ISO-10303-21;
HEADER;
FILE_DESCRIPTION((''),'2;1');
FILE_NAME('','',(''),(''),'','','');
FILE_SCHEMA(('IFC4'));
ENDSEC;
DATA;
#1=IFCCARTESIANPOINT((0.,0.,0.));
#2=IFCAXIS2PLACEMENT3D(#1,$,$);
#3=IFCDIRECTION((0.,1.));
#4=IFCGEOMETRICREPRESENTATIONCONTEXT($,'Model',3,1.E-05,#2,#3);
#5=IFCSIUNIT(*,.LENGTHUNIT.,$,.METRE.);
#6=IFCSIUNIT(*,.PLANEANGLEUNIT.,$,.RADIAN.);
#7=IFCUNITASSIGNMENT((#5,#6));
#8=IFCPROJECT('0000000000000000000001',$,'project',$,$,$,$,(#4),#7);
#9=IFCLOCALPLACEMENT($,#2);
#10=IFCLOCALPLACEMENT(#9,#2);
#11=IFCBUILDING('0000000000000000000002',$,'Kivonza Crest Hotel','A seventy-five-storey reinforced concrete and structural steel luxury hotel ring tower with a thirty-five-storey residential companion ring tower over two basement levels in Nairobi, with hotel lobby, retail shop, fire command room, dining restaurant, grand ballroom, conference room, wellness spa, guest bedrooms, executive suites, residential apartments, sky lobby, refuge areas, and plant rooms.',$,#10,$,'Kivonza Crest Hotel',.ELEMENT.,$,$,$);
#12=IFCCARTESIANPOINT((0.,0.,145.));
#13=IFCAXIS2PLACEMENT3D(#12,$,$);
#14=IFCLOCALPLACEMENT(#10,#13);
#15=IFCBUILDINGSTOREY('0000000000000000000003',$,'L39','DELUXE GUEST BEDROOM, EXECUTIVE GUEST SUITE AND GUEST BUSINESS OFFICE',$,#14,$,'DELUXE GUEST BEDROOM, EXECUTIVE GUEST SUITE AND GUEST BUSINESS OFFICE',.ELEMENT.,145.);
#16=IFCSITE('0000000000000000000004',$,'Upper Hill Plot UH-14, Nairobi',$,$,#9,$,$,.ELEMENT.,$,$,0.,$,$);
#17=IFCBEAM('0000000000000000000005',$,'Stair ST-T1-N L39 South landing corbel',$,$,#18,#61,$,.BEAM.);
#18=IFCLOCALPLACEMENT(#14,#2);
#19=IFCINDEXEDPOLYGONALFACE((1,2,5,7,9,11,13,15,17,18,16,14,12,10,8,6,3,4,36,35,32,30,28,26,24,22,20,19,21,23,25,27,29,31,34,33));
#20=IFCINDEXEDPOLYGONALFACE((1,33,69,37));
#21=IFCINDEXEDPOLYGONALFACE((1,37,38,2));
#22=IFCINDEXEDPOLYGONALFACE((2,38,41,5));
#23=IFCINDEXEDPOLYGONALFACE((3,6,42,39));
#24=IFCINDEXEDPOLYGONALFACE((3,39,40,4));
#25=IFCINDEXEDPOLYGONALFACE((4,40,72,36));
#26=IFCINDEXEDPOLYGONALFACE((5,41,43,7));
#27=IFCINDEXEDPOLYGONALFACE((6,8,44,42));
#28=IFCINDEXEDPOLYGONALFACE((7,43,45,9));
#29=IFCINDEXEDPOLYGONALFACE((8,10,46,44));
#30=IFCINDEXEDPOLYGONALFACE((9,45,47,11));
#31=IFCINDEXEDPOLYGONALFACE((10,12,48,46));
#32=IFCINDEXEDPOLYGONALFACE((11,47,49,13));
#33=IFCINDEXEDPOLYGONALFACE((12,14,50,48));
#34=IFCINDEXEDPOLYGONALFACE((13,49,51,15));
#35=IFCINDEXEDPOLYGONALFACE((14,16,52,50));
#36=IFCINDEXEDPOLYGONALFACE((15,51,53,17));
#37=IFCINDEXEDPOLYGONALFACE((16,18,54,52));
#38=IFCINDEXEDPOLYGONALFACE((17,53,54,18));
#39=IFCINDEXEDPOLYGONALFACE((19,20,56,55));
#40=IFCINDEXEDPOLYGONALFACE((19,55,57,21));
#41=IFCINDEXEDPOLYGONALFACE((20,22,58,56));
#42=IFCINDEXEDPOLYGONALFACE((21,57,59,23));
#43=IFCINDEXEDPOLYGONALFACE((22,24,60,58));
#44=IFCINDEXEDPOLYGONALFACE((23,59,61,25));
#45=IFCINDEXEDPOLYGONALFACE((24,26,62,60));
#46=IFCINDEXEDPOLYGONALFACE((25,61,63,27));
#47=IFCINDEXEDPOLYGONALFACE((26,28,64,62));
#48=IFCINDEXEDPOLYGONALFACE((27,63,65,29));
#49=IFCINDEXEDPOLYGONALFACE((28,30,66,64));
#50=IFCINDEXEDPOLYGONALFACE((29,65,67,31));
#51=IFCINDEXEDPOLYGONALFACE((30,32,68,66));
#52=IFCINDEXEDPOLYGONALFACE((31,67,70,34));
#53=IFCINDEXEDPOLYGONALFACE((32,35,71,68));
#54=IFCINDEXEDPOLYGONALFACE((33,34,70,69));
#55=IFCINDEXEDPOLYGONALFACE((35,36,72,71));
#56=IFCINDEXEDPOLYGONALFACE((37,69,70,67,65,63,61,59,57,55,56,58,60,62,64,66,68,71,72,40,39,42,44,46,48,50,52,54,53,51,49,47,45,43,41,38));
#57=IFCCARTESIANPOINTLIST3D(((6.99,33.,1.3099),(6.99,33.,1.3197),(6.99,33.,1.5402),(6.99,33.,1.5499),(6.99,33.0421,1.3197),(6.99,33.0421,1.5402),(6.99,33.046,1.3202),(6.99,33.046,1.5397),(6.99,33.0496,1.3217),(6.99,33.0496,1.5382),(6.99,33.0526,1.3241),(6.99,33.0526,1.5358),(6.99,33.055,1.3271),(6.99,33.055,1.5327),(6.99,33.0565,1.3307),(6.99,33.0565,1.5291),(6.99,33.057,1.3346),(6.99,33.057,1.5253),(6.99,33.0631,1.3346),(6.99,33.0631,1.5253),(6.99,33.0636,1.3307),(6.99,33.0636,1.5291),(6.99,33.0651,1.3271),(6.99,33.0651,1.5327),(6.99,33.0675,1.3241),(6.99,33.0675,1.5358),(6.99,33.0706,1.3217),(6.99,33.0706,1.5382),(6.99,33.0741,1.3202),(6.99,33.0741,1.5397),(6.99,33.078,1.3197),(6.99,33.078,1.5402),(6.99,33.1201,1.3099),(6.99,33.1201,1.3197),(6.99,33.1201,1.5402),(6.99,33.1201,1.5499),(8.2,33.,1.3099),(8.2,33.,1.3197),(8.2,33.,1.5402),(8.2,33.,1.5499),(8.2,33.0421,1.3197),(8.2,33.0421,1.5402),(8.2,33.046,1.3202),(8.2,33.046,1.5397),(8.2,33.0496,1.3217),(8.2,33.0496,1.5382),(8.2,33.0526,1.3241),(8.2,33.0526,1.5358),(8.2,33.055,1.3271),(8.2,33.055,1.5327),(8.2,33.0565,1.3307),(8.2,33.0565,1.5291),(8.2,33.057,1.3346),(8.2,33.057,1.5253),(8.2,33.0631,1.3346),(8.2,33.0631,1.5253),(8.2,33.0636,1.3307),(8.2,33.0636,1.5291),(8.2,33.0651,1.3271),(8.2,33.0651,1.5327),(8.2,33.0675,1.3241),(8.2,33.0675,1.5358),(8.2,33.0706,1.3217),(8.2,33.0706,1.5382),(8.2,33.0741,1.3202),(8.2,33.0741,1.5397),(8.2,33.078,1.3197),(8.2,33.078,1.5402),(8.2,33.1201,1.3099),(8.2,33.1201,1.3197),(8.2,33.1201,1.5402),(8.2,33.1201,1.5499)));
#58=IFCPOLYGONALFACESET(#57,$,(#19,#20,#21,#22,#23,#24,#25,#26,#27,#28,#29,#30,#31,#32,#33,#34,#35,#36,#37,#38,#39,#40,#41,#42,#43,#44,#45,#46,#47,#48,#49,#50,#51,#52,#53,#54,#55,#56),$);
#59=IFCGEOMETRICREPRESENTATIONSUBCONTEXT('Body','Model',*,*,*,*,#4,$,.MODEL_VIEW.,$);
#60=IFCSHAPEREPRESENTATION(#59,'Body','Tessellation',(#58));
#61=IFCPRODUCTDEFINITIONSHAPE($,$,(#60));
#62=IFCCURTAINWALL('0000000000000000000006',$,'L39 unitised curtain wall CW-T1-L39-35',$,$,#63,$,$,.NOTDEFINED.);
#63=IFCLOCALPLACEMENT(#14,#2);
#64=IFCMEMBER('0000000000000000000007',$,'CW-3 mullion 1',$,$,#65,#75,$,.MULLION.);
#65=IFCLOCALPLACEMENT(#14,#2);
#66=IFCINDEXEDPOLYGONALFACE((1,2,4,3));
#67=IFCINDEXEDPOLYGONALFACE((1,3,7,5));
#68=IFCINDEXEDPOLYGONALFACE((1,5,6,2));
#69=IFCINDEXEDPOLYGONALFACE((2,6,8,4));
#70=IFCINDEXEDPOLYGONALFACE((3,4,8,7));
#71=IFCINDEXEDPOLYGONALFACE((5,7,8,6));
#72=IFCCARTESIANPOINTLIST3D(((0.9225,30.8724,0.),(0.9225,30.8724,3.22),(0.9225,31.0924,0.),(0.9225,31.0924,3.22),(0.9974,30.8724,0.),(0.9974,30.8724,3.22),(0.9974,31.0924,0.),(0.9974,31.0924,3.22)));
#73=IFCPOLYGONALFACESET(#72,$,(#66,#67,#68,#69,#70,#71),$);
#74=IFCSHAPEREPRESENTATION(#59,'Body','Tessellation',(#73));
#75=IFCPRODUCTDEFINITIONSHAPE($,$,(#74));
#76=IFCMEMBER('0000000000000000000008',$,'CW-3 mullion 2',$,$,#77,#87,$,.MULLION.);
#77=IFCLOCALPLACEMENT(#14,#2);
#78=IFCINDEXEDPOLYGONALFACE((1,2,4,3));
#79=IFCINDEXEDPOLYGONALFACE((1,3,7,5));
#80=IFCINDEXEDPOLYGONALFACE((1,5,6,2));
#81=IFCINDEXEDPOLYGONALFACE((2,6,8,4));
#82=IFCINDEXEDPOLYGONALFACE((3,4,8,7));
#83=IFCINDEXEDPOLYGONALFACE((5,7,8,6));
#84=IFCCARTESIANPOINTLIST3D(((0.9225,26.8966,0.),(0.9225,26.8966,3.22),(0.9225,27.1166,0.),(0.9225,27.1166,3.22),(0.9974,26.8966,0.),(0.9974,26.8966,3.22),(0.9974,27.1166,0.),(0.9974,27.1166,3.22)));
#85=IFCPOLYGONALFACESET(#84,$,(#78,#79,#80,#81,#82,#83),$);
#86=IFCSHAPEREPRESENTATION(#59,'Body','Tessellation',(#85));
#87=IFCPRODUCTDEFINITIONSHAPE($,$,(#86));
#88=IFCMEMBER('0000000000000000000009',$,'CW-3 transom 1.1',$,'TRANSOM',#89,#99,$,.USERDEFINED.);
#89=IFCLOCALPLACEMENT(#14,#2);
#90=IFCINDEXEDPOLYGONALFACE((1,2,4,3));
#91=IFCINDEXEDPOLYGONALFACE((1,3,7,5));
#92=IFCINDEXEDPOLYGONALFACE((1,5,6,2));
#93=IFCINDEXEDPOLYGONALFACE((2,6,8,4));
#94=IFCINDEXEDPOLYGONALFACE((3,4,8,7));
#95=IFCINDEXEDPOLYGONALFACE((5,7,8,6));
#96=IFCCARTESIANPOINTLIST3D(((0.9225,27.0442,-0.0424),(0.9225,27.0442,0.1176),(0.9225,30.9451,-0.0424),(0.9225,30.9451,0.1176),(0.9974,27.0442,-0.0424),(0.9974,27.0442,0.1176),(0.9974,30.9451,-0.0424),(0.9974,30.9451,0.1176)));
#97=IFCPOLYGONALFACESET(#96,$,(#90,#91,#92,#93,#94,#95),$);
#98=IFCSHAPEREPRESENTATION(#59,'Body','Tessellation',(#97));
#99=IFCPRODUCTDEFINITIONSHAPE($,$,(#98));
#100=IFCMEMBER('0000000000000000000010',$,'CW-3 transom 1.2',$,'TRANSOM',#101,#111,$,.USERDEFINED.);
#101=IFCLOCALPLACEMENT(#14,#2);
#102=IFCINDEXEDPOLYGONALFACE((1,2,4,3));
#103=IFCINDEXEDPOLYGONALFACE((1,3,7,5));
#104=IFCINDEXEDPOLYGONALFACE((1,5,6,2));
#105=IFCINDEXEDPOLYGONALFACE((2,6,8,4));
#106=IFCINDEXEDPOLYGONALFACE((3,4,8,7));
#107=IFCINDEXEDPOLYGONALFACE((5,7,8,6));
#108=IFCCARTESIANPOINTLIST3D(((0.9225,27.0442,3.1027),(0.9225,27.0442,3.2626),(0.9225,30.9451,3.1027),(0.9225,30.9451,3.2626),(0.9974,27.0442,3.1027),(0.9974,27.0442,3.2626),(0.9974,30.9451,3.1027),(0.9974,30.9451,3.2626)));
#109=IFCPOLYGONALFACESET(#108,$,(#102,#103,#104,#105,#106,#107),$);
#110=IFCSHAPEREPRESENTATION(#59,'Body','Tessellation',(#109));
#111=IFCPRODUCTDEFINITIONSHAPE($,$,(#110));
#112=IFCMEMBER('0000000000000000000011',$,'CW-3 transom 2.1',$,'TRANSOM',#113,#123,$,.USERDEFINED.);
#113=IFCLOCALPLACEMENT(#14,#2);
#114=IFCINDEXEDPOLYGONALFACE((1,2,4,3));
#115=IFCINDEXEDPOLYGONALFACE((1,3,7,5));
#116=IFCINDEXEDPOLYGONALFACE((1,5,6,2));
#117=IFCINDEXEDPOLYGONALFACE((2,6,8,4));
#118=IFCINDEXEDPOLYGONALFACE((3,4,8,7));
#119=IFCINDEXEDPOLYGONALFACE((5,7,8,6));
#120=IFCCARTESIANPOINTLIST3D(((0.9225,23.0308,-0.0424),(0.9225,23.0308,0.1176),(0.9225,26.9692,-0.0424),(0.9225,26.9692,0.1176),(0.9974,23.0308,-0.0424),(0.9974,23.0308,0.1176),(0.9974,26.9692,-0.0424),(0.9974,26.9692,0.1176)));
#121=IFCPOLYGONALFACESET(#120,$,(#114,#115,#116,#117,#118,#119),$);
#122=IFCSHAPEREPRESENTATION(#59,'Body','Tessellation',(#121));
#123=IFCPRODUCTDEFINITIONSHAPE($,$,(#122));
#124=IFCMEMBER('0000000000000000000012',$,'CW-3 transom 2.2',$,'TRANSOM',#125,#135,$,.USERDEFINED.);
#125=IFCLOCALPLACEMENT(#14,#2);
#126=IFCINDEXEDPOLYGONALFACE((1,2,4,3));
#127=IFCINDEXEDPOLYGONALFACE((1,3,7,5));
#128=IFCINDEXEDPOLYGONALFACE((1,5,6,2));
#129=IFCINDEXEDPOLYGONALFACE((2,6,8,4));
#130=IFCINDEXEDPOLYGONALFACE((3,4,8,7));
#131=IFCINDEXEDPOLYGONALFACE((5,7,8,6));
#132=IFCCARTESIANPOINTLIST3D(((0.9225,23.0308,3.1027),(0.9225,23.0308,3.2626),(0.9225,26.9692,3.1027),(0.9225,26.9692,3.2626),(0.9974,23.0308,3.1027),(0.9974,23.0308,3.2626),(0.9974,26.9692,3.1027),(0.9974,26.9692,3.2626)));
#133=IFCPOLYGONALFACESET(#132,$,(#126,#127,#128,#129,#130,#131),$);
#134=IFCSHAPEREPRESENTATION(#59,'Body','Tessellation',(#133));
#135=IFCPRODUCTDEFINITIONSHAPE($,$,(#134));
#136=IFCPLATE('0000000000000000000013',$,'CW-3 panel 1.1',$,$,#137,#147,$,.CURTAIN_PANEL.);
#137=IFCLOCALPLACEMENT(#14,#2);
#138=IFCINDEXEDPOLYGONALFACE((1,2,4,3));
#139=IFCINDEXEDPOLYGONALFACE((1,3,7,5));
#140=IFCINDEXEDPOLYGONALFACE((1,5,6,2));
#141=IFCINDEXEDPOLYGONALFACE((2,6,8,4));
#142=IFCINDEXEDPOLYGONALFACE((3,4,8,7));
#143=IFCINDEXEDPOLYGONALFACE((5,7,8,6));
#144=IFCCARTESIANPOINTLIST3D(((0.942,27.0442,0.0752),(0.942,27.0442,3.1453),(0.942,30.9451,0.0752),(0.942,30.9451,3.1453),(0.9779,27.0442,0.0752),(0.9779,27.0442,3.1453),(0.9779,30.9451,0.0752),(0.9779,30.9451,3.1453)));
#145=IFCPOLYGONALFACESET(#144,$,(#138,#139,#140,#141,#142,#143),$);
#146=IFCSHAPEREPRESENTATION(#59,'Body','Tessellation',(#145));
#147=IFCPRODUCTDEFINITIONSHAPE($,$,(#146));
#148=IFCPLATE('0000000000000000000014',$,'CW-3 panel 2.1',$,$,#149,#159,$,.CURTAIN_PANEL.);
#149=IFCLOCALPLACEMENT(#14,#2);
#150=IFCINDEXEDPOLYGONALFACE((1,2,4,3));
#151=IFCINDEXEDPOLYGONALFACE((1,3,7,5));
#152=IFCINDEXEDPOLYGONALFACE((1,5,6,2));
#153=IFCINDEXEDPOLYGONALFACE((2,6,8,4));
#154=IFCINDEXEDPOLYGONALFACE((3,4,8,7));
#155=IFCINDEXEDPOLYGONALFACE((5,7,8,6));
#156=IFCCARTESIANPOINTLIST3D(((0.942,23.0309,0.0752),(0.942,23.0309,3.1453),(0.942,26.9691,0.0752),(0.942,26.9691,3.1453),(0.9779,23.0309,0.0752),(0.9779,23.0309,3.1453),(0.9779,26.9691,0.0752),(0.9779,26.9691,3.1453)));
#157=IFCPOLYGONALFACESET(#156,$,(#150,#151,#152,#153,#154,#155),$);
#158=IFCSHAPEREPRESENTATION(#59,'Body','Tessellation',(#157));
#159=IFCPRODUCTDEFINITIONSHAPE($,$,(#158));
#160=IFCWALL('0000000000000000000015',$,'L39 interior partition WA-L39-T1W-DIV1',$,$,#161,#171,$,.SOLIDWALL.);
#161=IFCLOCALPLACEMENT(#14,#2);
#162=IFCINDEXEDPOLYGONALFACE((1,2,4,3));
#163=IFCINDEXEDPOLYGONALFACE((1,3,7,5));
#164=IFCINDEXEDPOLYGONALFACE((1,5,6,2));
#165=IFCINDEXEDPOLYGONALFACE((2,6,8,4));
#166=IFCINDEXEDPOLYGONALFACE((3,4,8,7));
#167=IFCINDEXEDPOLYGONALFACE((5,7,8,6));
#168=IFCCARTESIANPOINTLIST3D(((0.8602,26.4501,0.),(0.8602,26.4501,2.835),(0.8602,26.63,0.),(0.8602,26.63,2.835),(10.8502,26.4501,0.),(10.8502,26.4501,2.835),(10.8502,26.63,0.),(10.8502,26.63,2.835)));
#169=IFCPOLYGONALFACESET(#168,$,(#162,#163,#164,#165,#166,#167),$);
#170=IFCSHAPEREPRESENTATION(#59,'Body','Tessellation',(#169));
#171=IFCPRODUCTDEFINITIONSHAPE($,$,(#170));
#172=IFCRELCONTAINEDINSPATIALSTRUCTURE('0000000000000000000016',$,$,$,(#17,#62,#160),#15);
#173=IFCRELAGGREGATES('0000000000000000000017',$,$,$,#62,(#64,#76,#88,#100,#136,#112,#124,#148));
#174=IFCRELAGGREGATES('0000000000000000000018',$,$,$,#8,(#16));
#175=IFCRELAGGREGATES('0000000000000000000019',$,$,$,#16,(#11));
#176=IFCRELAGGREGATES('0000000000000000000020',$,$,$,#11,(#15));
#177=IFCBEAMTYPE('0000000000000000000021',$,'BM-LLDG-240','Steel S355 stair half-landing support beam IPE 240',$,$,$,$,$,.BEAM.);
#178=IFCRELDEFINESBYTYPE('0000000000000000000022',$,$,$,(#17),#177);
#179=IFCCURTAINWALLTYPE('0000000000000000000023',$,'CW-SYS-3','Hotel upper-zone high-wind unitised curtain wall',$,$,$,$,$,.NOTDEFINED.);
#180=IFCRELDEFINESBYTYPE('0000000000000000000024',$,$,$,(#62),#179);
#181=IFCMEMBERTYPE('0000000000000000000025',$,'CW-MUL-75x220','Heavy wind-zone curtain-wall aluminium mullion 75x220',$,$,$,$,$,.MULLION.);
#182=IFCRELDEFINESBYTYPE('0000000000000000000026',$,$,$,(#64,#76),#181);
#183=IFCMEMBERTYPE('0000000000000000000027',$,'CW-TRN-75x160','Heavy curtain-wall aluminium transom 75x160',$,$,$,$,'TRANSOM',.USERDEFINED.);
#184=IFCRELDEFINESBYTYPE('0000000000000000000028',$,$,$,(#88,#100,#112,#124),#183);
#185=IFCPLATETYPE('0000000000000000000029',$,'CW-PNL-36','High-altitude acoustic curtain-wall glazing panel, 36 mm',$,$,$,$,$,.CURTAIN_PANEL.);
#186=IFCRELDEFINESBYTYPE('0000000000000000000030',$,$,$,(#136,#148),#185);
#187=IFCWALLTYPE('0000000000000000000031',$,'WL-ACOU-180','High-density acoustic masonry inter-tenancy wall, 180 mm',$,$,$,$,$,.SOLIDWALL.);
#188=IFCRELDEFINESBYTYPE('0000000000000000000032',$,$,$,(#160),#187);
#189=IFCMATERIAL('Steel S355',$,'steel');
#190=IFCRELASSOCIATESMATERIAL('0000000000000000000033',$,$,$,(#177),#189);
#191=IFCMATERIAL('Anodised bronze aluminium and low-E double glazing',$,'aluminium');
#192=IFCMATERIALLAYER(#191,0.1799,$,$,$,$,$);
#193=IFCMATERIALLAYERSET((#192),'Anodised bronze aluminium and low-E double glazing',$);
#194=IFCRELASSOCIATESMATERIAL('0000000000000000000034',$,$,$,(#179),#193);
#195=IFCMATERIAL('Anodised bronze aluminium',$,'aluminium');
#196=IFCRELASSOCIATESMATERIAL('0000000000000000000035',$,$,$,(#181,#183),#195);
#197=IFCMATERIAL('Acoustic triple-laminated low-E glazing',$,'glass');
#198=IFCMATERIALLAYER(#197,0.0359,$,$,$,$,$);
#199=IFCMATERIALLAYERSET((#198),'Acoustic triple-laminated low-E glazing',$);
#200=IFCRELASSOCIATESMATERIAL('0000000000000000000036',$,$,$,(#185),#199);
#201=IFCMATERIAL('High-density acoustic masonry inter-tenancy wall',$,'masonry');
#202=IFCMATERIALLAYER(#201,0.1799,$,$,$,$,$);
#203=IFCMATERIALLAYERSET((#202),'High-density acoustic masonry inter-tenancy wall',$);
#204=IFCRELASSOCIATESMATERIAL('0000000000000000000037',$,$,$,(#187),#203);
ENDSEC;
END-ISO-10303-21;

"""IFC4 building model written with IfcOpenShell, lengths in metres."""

from ifc_helpers import new_model, si_unit, direction, frame, frame_2d, origin, origin_2d, place, context, subcontext, project, spatial, rectangle, i_section, extrude, material, layer, layer_set, material_profile, profile_set, type_object, element, aggregate, save


model = new_model("IFC4")

# Units and contexts
model_context = context("Model", 3, precision=1e-05, world=origin(), true_north=direction((0.0, 1.0)))
body_context = subcontext(model_context, "Body", "Model", "MODEL_VIEW")
ifc_project = project(units=[si_unit("LENGTHUNIT", "METRE"), si_unit("PLANEANGLEUNIT", "RADIAN")], contexts=[model_context])

# Site, building, storey
site_placement = place(None, origin())
site = spatial("IfcSite", under=ifc_project, at=site_placement, Name="Upper Hill Plot UH-14, Nairobi", CompositionType="ELEMENT", RefElevation=0.0)
building_placement = place(site_placement, origin())
building = spatial("IfcBuilding", under=site, at=building_placement, Name="Kivonza Crest Hotel", Description="A seventy-five-storey reinforced concrete and structural steel luxury hotel ring tower with a thirty-five-storey residential companion ring tower over two basement levels in Nairobi, with hotel lobby, retail shop, fire command room, dining restaurant, grand ballroom, conference room, wellness spa, guest bedrooms, executive suites, residential apartments, sky lobby, refuge areas, and plant rooms.", LongName="Kivonza Crest Hotel", CompositionType="ELEMENT")
storey_placement = place(building_placement, frame((0.0, 0.0, 145.0)))
storey = spatial("IfcBuildingStorey", under=building, at=storey_placement, Name="L39", Description="DELUXE GUEST BEDROOM, EXECUTIVE GUEST SUITE AND GUEST BUSINESS OFFICE", LongName="DELUXE GUEST BEDROOM, EXECUTIVE GUEST SUITE AND GUEST BUSINESS OFFICE", CompositionType="ELEMENT", Elevation=145.0)

# Beam
ifc_material_1 = material(Name="Steel S355", Category="steel")
ifc_material_profile_1 = material_profile(ifc_material_1, i_section(OverallWidth=0.1201, OverallDepth=0.24, WebThickness=0.0061, FlangeThickness=0.0098, FilletRadius=0.0149, at=origin_2d()), Name="IPE 240")
ifc_profile_set_1 = profile_set([ifc_material_profile_1], Name="Steel S355")
beam_type_1 = type_object("IfcBeamType", Name="BM-LLDG-240", Description="Steel S355 stair half-landing support beam IPE 240", PredefinedType="BEAM", material=ifc_profile_set_1)
beam_1_placement = place(storey_placement, frame((6.99, 33.0601, 1.4299), z_axis=(1.0, 0.0, 0.0), x_axis=(0.0, 1.0, 0.0)))
element("IfcBeam", 1, at=beam_1_placement, inside=storey, type_object=beam_type_1, Name="Stair ST-T1-N L39 South landing corbel", PredefinedType="BEAM", context=body_context, shape_type="SweptSolid", body=[
    extrude(i_section(OverallWidth=0.1201, OverallDepth=0.24, WebThickness=0.0061, FlangeThickness=0.0098, FilletRadius=0.0149, at=origin_2d()), origin(), (0.0, 0.0, 1.0), 1.21),
])

# Curtain wall, members, plates
ifc_material_2 = material(Name="Anodised bronze aluminium and low-E double glazing", Category="aluminium")
ifc_layer_1 = layer(ifc_material_2, 0.1799)
ifc_layer_set_1 = layer_set([ifc_layer_1], Name="Anodised bronze aluminium and low-E double glazing")
curtain_wall_type = type_object("IfcCurtainWallType", Name="CW-SYS-3", Description="Hotel upper-zone high-wind unitised curtain wall", PredefinedType="NOTDEFINED", material=ifc_layer_set_1)
curtain_wall_placement = place(storey_placement, origin())
curtain_wall = element("IfcCurtainWall", 2, at=curtain_wall_placement, inside=storey, type_object=curtain_wall_type, Name="L39 unitised curtain wall CW-T1-L39-35", PredefinedType="NOTDEFINED")
ifc_material_3 = material(Name="Anodised bronze aluminium", Category="aluminium")
ifc_material_profile_2 = material_profile(ifc_material_3, rectangle(XDim=0.075, YDim=0.22, at=origin_2d()), Name="CW-M 75x220")
ifc_profile_set_2 = profile_set([ifc_material_profile_2], Name="Anodised bronze aluminium")
member_type_1 = type_object("IfcMemberType", Name="CW-MUL-75x220", Description="Heavy wind-zone curtain-wall aluminium mullion 75x220", PredefinedType="MULLION", material=ifc_profile_set_2)
member_1_placement = place(storey_placement, frame((0.96, 30.9824, 0.0), z_axis=(0.0, 0.0, 1.0), x_axis=(1.0, 0.0, 0.0)))
member_1 = element("IfcMember", 3, at=member_1_placement, type_object=member_type_1, Name="CW-3 mullion 1", PredefinedType="MULLION", context=body_context, shape_type="SweptSolid", body=[
    extrude(rectangle(XDim=0.075, YDim=0.22, at=origin_2d()), origin(), (0.0, 0.0, 1.0), 3.22),
])
member_2_placement = place(storey_placement, frame((0.96, 27.0066, 0.0), z_axis=(0.0, 0.0, 1.0), x_axis=(1.0, 0.0, 0.0)))
member_2 = element("IfcMember", 4, at=member_2_placement, type_object=member_type_1, Name="CW-3 mullion 2", PredefinedType="MULLION", context=body_context, shape_type="SweptSolid", body=[
    extrude(rectangle(XDim=0.075, YDim=0.22, at=origin_2d()), origin(), (0.0, 0.0, 1.0), 3.22),
])
ifc_material_profile_3 = material_profile(ifc_material_3, rectangle(XDim=0.075, YDim=0.1599, at=origin_2d()), Name="CW-T 75x160")
ifc_profile_set_3 = profile_set([ifc_material_profile_3], Name="Anodised bronze aluminium")
member_type_2 = type_object("IfcMemberType", Name="CW-TRN-75x160", Description="Heavy curtain-wall aluminium transom 75x160", ElementType="TRANSOM", PredefinedType="USERDEFINED", material=ifc_profile_set_3)
member_3_placement = place(storey_placement, frame((0.96, 30.9451, 0.0376), z_axis=(0.0, -1.0, 0.0), x_axis=(1.0, 0.0, 0.0)))
member_3 = element("IfcMember", 5, at=member_3_placement, type_object=member_type_2, Name="CW-3 transom 1.1", ObjectType="TRANSOM", PredefinedType="USERDEFINED", context=body_context, shape_type="SweptSolid", body=[
    extrude(rectangle(XDim=0.075, YDim=0.1599, at=origin_2d()), origin(), (0.0, 0.0, 1.0), 3.9009),
])
member_4_placement = place(storey_placement, frame((0.96, 30.9451, 3.1826), z_axis=(0.0, -1.0, 0.0), x_axis=(1.0, 0.0, 0.0)))
member_4 = element("IfcMember", 6, at=member_4_placement, type_object=member_type_2, Name="CW-3 transom 1.2", ObjectType="TRANSOM", PredefinedType="USERDEFINED", context=body_context, shape_type="SweptSolid", body=[
    extrude(rectangle(XDim=0.075, YDim=0.1599, at=origin_2d()), origin(), (0.0, 0.0, 1.0), 3.9009),
])
member_5_placement = place(storey_placement, frame((0.96, 26.9692, 0.0376), z_axis=(0.0, -1.0, 0.0), x_axis=(1.0, 0.0, 0.0)))
member_5 = element("IfcMember", 7, at=member_5_placement, type_object=member_type_2, Name="CW-3 transom 2.1", ObjectType="TRANSOM", PredefinedType="USERDEFINED", context=body_context, shape_type="SweptSolid", body=[
    extrude(rectangle(XDim=0.075, YDim=0.1599, at=origin_2d()), origin(), (0.0, 0.0, 1.0), 3.9385),
])
member_6_placement = place(storey_placement, frame((0.96, 26.9692, 3.1826), z_axis=(0.0, -1.0, 0.0), x_axis=(1.0, 0.0, 0.0)))
member_6 = element("IfcMember", 8, at=member_6_placement, type_object=member_type_2, Name="CW-3 transom 2.2", ObjectType="TRANSOM", PredefinedType="USERDEFINED", context=body_context, shape_type="SweptSolid", body=[
    extrude(rectangle(XDim=0.075, YDim=0.1599, at=origin_2d()), origin(), (0.0, 0.0, 1.0), 3.9385),
])
ifc_material_4 = material(Name="Acoustic triple-laminated low-E glazing", Category="glass")
ifc_layer_2 = layer(ifc_material_4, 0.0359)
ifc_layer_set_2 = layer_set([ifc_layer_2], Name="Acoustic triple-laminated low-E glazing")
plate_type = type_object("IfcPlateType", Name="CW-PNL-36", Description="High-altitude acoustic curtain-wall glazing panel, 36 mm", PredefinedType="CURTAIN_PANEL", material=ifc_layer_set_2)
plate_1_placement = place(storey_placement, frame((0.96, 28.9946, 0.0752), z_axis=(0.0, 0.0, 1.0), x_axis=(0.0, -1.0, 0.0)))
plate_1 = element("IfcPlate", 9, at=plate_1_placement, type_object=plate_type, Name="CW-3 panel 1.1", PredefinedType="CURTAIN_PANEL", context=body_context, shape_type="SweptSolid", body=[
    extrude(rectangle(XDim=3.9009, YDim=0.0359, at=origin_2d()), origin(), (0.0, 0.0, 1.0), 3.0701),
])
plate_2_placement = place(storey_placement, frame((0.96, 25.0, 0.0752), z_axis=(0.0, 0.0, 1.0), x_axis=(0.0, -1.0, 0.0)))
plate_2 = element("IfcPlate", 10, at=plate_2_placement, type_object=plate_type, Name="CW-3 panel 2.1", PredefinedType="CURTAIN_PANEL", context=body_context, shape_type="SweptSolid", body=[
    extrude(rectangle(XDim=3.9382, YDim=0.0359, at=origin_2d()), origin(), (0.0, 0.0, 1.0), 3.0701),
])
aggregate(curtain_wall, [member_1, member_2, member_3, member_4, plate_1, member_5, member_6, plate_2])

# Wall
ifc_material_5 = material(Name="High-density acoustic masonry inter-tenancy wall", Category="masonry")
ifc_layer_3 = layer(ifc_material_5, 0.1799)
ifc_layer_set_3 = layer_set([ifc_layer_3], Name="High-density acoustic masonry inter-tenancy wall")
wall_type_1 = type_object("IfcWallType", Name="WL-ACOU-180", Description="High-density acoustic masonry inter-tenancy wall, 180 mm", PredefinedType="SOLIDWALL", material=ifc_layer_set_3)
wall_1_placement = place(storey_placement, frame((0.8601, 26.54, 0.0), z_axis=(0.0, 0.0, 1.0), x_axis=(1.0, 0.0, 0.0)))
element("IfcWall", 11, at=wall_1_placement, inside=storey, type_object=wall_type_1, Name="L39 interior partition WA-L39-T1W-DIV1", PredefinedType="SOLIDWALL", context=body_context, shape_type="SweptSolid", body=[
    extrude(rectangle(XDim=9.99, YDim=0.1799, at=frame_2d((4.9951, 0.0))), origin(), (0.0, 0.0, 1.0), 2.835),
])

save(model, "model.ifc")
